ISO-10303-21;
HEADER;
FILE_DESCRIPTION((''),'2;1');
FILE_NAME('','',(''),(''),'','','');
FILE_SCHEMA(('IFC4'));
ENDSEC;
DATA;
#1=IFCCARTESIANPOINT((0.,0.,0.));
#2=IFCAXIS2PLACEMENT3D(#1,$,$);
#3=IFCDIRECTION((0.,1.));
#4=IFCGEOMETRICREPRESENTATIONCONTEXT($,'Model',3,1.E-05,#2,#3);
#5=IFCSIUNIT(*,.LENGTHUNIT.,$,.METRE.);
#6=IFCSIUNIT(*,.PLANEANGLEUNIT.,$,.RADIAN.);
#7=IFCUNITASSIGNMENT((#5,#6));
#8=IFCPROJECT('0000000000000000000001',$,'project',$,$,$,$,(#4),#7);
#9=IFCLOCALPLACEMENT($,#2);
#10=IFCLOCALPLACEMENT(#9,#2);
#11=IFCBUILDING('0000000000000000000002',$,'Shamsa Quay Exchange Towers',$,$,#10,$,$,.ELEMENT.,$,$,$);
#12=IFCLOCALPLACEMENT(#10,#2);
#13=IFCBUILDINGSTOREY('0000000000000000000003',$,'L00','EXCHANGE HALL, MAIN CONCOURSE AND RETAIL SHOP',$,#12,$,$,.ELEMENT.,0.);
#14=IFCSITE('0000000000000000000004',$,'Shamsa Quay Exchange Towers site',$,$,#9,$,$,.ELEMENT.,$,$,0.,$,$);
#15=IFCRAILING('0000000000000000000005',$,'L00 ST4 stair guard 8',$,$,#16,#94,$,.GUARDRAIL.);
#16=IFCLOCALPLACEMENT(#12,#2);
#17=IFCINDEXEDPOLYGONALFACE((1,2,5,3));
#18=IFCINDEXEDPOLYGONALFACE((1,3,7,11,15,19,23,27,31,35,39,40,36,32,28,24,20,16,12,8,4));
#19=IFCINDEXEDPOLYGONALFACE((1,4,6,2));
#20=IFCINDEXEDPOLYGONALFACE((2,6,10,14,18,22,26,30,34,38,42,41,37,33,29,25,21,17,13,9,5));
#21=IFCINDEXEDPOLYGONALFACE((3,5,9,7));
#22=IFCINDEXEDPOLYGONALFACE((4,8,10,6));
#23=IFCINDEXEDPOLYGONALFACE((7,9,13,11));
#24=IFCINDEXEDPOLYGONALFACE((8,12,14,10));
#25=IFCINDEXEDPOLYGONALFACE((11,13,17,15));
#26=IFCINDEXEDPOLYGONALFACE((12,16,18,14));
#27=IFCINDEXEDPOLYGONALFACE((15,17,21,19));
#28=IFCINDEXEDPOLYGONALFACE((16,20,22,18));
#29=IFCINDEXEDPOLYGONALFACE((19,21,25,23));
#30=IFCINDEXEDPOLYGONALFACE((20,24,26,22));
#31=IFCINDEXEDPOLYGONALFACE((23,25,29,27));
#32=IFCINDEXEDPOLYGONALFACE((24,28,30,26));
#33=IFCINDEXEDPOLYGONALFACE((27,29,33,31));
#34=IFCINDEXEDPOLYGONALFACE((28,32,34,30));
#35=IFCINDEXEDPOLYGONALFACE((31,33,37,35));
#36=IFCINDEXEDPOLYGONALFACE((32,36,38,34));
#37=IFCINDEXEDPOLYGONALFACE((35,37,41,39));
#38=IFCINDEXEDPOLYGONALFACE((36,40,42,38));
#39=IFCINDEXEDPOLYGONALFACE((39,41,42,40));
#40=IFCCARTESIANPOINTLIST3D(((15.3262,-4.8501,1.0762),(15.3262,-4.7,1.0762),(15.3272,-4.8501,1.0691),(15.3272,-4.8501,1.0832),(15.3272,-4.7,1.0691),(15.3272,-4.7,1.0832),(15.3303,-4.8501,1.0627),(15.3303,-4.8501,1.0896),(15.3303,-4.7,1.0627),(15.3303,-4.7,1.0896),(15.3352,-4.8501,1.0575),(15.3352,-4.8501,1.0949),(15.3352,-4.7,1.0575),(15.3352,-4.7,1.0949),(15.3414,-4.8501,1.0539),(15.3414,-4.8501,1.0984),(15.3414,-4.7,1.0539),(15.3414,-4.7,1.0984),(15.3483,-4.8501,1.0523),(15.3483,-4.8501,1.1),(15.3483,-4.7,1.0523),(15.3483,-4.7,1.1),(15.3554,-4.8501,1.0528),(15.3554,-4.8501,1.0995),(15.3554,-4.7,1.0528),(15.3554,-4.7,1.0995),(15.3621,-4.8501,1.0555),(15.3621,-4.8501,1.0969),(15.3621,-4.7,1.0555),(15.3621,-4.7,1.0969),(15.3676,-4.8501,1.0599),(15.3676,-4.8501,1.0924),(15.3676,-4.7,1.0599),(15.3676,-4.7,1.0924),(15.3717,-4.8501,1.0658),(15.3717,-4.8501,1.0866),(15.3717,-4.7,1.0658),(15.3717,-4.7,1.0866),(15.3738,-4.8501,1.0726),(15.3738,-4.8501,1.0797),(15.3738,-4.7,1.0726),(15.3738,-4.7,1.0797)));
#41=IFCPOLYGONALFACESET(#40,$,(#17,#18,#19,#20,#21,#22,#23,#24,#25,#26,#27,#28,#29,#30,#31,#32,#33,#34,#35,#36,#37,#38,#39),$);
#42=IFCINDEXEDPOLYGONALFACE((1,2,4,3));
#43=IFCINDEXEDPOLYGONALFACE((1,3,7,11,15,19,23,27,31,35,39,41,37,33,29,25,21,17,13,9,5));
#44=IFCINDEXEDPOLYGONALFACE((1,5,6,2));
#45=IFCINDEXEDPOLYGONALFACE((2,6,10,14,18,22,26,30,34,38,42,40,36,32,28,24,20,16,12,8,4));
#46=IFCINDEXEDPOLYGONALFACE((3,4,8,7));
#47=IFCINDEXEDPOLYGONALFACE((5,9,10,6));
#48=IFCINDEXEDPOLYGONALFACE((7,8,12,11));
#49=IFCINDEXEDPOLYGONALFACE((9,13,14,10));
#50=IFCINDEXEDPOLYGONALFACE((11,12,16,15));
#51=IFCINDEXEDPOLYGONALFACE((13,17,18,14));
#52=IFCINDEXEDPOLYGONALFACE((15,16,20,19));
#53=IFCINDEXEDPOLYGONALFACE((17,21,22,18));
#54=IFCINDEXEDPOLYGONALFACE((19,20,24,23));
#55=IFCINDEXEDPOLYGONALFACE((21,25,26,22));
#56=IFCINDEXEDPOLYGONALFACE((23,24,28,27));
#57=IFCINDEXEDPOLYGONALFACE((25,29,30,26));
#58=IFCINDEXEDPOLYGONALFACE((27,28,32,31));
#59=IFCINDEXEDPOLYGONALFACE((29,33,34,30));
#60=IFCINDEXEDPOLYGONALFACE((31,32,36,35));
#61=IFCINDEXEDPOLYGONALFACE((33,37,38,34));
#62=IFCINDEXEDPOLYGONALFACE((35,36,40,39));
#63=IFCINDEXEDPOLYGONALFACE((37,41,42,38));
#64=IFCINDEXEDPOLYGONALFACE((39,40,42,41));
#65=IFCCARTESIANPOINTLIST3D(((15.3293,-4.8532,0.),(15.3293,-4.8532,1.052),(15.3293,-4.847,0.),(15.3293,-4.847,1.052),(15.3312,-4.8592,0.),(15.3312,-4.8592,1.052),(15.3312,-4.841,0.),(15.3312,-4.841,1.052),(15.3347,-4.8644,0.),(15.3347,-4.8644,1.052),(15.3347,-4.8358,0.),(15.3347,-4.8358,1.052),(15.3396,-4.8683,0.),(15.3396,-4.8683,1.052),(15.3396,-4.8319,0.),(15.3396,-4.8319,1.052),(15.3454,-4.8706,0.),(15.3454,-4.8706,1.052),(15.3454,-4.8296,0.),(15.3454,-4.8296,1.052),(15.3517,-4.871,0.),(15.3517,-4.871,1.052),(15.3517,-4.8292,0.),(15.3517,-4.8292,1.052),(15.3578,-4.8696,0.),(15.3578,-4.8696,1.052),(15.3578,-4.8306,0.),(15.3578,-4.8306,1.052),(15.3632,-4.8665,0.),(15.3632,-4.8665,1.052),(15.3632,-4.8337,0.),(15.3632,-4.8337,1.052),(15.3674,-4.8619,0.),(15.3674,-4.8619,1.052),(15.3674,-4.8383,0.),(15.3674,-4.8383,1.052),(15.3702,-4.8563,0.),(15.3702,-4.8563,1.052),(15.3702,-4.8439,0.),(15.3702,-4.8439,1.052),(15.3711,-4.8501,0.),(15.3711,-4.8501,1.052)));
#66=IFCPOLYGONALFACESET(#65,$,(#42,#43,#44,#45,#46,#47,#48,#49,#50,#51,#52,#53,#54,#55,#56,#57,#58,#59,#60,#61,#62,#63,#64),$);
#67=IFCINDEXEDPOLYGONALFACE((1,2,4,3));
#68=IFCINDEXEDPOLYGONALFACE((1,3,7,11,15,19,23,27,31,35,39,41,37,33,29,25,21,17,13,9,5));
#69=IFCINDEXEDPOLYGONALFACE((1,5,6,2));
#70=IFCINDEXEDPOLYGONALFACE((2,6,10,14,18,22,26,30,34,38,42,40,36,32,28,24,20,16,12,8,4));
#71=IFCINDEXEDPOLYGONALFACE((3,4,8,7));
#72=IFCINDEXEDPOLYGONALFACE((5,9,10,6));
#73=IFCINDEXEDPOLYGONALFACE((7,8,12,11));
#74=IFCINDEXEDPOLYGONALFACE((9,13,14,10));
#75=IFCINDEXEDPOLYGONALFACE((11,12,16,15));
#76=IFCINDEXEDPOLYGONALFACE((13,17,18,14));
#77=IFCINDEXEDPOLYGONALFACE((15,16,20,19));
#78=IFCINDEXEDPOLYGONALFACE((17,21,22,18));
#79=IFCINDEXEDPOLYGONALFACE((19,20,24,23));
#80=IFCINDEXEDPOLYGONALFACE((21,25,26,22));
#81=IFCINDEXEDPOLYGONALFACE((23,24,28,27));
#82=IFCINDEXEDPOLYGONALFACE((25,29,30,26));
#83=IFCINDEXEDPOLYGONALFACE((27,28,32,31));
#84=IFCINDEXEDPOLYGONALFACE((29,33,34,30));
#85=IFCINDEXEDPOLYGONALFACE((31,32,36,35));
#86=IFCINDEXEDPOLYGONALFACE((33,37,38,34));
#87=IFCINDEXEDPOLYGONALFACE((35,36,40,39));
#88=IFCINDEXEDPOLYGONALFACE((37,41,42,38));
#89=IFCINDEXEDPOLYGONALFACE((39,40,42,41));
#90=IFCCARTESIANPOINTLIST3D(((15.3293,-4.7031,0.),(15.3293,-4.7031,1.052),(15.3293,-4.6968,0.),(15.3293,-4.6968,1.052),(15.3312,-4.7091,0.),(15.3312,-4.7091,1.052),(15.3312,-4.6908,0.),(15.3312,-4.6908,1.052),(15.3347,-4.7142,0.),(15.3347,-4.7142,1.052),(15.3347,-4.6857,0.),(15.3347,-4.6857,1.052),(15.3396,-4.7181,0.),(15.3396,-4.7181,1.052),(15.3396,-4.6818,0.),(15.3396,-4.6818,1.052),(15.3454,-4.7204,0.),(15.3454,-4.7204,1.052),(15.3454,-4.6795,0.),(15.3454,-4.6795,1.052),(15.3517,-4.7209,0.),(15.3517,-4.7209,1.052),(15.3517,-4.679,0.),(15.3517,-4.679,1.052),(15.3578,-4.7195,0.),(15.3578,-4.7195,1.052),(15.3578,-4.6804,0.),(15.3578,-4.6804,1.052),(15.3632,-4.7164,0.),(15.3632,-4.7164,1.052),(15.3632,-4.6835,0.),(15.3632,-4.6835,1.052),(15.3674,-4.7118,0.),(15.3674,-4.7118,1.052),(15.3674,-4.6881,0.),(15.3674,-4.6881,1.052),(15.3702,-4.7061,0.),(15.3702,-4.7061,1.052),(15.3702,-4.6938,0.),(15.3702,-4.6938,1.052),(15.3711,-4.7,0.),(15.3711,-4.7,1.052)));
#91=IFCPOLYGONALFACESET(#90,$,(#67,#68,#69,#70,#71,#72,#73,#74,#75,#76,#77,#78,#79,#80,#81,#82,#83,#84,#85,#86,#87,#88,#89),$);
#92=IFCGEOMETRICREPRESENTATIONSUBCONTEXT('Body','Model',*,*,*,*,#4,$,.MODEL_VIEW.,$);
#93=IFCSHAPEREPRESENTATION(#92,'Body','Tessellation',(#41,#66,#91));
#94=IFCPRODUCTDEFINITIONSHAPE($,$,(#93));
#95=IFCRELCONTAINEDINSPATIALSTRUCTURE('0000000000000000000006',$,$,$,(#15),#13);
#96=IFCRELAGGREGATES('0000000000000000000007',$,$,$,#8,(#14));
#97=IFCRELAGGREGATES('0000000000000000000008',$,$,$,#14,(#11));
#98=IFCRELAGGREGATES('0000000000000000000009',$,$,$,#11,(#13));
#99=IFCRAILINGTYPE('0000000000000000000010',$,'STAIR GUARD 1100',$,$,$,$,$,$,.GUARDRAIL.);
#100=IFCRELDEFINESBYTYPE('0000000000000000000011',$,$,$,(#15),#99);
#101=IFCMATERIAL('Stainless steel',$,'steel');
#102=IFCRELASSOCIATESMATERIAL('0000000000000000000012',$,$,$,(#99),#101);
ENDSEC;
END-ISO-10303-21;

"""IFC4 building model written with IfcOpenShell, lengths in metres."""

from ifc_helpers import new_model, si_unit, direction, frame, origin, origin_2d, place, context, subcontext, project, spatial, circle, extrude, material, type_object, element, save


model = new_model("IFC4")

# Units and contexts
model_context = context("Model", 3, precision=1e-05, world=origin(), true_north=direction((0.0, 1.0)))
body_context = subcontext(model_context, "Body", "Model", "MODEL_VIEW")
ifc_project = project(units=[si_unit("LENGTHUNIT", "METRE"), si_unit("PLANEANGLEUNIT", "RADIAN")], contexts=[model_context])

# Site, building, storey
site_placement = place(None, origin())
site = spatial("IfcSite", under=ifc_project, at=site_placement, Name="Shamsa Quay Exchange Towers site", CompositionType="ELEMENT", RefElevation=0.0)
building_placement = place(site_placement, origin())
building = spatial("IfcBuilding", under=site, at=building_placement, Name="Shamsa Quay Exchange Towers", CompositionType="ELEMENT")
storey_placement = place(building_placement, origin())
storey = spatial("IfcBuildingStorey", under=building, at=storey_placement, Name="L00", Description="EXCHANGE HALL, MAIN CONCOURSE AND RETAIL SHOP", CompositionType="ELEMENT", Elevation=0.0)

# Railing
ifc_material_1 = material(Name="Stainless steel", Category="steel")
railing_type_1 = type_object("IfcRailingType", Name="STAIR GUARD 1100", PredefinedType="GUARDRAIL", material=ifc_material_1)
railing_1_placement = place(storey_placement, frame((15.3501, -4.8501, 0.0)))
element("IfcRailing", 1, at=railing_1_placement, inside=storey, type_object=railing_type_1, Name="L00 ST4 stair guard 8", PredefinedType="GUARDRAIL", context=body_context, shape_type="SweptSolid", body=[
    extrude(circle(Radius=0.0239, at=origin_2d()), frame((0.0, 0.0, 1.0762), z_axis=(0.0, 1.0, 0.0), x_axis=(-1.0, 0.0, 0.0)), (0.0, 0.0, 1.0), 0.1501),
    extrude(circle(Radius=0.021, at=origin_2d()), origin(), (0.0, 0.0, 1.0), 1.052),
    extrude(circle(Radius=0.021, at=origin_2d()), frame((0.0, 0.1501, 0.0)), (0.0, 0.0, 1.0), 1.052),
])

save(model, "model.ifc")
